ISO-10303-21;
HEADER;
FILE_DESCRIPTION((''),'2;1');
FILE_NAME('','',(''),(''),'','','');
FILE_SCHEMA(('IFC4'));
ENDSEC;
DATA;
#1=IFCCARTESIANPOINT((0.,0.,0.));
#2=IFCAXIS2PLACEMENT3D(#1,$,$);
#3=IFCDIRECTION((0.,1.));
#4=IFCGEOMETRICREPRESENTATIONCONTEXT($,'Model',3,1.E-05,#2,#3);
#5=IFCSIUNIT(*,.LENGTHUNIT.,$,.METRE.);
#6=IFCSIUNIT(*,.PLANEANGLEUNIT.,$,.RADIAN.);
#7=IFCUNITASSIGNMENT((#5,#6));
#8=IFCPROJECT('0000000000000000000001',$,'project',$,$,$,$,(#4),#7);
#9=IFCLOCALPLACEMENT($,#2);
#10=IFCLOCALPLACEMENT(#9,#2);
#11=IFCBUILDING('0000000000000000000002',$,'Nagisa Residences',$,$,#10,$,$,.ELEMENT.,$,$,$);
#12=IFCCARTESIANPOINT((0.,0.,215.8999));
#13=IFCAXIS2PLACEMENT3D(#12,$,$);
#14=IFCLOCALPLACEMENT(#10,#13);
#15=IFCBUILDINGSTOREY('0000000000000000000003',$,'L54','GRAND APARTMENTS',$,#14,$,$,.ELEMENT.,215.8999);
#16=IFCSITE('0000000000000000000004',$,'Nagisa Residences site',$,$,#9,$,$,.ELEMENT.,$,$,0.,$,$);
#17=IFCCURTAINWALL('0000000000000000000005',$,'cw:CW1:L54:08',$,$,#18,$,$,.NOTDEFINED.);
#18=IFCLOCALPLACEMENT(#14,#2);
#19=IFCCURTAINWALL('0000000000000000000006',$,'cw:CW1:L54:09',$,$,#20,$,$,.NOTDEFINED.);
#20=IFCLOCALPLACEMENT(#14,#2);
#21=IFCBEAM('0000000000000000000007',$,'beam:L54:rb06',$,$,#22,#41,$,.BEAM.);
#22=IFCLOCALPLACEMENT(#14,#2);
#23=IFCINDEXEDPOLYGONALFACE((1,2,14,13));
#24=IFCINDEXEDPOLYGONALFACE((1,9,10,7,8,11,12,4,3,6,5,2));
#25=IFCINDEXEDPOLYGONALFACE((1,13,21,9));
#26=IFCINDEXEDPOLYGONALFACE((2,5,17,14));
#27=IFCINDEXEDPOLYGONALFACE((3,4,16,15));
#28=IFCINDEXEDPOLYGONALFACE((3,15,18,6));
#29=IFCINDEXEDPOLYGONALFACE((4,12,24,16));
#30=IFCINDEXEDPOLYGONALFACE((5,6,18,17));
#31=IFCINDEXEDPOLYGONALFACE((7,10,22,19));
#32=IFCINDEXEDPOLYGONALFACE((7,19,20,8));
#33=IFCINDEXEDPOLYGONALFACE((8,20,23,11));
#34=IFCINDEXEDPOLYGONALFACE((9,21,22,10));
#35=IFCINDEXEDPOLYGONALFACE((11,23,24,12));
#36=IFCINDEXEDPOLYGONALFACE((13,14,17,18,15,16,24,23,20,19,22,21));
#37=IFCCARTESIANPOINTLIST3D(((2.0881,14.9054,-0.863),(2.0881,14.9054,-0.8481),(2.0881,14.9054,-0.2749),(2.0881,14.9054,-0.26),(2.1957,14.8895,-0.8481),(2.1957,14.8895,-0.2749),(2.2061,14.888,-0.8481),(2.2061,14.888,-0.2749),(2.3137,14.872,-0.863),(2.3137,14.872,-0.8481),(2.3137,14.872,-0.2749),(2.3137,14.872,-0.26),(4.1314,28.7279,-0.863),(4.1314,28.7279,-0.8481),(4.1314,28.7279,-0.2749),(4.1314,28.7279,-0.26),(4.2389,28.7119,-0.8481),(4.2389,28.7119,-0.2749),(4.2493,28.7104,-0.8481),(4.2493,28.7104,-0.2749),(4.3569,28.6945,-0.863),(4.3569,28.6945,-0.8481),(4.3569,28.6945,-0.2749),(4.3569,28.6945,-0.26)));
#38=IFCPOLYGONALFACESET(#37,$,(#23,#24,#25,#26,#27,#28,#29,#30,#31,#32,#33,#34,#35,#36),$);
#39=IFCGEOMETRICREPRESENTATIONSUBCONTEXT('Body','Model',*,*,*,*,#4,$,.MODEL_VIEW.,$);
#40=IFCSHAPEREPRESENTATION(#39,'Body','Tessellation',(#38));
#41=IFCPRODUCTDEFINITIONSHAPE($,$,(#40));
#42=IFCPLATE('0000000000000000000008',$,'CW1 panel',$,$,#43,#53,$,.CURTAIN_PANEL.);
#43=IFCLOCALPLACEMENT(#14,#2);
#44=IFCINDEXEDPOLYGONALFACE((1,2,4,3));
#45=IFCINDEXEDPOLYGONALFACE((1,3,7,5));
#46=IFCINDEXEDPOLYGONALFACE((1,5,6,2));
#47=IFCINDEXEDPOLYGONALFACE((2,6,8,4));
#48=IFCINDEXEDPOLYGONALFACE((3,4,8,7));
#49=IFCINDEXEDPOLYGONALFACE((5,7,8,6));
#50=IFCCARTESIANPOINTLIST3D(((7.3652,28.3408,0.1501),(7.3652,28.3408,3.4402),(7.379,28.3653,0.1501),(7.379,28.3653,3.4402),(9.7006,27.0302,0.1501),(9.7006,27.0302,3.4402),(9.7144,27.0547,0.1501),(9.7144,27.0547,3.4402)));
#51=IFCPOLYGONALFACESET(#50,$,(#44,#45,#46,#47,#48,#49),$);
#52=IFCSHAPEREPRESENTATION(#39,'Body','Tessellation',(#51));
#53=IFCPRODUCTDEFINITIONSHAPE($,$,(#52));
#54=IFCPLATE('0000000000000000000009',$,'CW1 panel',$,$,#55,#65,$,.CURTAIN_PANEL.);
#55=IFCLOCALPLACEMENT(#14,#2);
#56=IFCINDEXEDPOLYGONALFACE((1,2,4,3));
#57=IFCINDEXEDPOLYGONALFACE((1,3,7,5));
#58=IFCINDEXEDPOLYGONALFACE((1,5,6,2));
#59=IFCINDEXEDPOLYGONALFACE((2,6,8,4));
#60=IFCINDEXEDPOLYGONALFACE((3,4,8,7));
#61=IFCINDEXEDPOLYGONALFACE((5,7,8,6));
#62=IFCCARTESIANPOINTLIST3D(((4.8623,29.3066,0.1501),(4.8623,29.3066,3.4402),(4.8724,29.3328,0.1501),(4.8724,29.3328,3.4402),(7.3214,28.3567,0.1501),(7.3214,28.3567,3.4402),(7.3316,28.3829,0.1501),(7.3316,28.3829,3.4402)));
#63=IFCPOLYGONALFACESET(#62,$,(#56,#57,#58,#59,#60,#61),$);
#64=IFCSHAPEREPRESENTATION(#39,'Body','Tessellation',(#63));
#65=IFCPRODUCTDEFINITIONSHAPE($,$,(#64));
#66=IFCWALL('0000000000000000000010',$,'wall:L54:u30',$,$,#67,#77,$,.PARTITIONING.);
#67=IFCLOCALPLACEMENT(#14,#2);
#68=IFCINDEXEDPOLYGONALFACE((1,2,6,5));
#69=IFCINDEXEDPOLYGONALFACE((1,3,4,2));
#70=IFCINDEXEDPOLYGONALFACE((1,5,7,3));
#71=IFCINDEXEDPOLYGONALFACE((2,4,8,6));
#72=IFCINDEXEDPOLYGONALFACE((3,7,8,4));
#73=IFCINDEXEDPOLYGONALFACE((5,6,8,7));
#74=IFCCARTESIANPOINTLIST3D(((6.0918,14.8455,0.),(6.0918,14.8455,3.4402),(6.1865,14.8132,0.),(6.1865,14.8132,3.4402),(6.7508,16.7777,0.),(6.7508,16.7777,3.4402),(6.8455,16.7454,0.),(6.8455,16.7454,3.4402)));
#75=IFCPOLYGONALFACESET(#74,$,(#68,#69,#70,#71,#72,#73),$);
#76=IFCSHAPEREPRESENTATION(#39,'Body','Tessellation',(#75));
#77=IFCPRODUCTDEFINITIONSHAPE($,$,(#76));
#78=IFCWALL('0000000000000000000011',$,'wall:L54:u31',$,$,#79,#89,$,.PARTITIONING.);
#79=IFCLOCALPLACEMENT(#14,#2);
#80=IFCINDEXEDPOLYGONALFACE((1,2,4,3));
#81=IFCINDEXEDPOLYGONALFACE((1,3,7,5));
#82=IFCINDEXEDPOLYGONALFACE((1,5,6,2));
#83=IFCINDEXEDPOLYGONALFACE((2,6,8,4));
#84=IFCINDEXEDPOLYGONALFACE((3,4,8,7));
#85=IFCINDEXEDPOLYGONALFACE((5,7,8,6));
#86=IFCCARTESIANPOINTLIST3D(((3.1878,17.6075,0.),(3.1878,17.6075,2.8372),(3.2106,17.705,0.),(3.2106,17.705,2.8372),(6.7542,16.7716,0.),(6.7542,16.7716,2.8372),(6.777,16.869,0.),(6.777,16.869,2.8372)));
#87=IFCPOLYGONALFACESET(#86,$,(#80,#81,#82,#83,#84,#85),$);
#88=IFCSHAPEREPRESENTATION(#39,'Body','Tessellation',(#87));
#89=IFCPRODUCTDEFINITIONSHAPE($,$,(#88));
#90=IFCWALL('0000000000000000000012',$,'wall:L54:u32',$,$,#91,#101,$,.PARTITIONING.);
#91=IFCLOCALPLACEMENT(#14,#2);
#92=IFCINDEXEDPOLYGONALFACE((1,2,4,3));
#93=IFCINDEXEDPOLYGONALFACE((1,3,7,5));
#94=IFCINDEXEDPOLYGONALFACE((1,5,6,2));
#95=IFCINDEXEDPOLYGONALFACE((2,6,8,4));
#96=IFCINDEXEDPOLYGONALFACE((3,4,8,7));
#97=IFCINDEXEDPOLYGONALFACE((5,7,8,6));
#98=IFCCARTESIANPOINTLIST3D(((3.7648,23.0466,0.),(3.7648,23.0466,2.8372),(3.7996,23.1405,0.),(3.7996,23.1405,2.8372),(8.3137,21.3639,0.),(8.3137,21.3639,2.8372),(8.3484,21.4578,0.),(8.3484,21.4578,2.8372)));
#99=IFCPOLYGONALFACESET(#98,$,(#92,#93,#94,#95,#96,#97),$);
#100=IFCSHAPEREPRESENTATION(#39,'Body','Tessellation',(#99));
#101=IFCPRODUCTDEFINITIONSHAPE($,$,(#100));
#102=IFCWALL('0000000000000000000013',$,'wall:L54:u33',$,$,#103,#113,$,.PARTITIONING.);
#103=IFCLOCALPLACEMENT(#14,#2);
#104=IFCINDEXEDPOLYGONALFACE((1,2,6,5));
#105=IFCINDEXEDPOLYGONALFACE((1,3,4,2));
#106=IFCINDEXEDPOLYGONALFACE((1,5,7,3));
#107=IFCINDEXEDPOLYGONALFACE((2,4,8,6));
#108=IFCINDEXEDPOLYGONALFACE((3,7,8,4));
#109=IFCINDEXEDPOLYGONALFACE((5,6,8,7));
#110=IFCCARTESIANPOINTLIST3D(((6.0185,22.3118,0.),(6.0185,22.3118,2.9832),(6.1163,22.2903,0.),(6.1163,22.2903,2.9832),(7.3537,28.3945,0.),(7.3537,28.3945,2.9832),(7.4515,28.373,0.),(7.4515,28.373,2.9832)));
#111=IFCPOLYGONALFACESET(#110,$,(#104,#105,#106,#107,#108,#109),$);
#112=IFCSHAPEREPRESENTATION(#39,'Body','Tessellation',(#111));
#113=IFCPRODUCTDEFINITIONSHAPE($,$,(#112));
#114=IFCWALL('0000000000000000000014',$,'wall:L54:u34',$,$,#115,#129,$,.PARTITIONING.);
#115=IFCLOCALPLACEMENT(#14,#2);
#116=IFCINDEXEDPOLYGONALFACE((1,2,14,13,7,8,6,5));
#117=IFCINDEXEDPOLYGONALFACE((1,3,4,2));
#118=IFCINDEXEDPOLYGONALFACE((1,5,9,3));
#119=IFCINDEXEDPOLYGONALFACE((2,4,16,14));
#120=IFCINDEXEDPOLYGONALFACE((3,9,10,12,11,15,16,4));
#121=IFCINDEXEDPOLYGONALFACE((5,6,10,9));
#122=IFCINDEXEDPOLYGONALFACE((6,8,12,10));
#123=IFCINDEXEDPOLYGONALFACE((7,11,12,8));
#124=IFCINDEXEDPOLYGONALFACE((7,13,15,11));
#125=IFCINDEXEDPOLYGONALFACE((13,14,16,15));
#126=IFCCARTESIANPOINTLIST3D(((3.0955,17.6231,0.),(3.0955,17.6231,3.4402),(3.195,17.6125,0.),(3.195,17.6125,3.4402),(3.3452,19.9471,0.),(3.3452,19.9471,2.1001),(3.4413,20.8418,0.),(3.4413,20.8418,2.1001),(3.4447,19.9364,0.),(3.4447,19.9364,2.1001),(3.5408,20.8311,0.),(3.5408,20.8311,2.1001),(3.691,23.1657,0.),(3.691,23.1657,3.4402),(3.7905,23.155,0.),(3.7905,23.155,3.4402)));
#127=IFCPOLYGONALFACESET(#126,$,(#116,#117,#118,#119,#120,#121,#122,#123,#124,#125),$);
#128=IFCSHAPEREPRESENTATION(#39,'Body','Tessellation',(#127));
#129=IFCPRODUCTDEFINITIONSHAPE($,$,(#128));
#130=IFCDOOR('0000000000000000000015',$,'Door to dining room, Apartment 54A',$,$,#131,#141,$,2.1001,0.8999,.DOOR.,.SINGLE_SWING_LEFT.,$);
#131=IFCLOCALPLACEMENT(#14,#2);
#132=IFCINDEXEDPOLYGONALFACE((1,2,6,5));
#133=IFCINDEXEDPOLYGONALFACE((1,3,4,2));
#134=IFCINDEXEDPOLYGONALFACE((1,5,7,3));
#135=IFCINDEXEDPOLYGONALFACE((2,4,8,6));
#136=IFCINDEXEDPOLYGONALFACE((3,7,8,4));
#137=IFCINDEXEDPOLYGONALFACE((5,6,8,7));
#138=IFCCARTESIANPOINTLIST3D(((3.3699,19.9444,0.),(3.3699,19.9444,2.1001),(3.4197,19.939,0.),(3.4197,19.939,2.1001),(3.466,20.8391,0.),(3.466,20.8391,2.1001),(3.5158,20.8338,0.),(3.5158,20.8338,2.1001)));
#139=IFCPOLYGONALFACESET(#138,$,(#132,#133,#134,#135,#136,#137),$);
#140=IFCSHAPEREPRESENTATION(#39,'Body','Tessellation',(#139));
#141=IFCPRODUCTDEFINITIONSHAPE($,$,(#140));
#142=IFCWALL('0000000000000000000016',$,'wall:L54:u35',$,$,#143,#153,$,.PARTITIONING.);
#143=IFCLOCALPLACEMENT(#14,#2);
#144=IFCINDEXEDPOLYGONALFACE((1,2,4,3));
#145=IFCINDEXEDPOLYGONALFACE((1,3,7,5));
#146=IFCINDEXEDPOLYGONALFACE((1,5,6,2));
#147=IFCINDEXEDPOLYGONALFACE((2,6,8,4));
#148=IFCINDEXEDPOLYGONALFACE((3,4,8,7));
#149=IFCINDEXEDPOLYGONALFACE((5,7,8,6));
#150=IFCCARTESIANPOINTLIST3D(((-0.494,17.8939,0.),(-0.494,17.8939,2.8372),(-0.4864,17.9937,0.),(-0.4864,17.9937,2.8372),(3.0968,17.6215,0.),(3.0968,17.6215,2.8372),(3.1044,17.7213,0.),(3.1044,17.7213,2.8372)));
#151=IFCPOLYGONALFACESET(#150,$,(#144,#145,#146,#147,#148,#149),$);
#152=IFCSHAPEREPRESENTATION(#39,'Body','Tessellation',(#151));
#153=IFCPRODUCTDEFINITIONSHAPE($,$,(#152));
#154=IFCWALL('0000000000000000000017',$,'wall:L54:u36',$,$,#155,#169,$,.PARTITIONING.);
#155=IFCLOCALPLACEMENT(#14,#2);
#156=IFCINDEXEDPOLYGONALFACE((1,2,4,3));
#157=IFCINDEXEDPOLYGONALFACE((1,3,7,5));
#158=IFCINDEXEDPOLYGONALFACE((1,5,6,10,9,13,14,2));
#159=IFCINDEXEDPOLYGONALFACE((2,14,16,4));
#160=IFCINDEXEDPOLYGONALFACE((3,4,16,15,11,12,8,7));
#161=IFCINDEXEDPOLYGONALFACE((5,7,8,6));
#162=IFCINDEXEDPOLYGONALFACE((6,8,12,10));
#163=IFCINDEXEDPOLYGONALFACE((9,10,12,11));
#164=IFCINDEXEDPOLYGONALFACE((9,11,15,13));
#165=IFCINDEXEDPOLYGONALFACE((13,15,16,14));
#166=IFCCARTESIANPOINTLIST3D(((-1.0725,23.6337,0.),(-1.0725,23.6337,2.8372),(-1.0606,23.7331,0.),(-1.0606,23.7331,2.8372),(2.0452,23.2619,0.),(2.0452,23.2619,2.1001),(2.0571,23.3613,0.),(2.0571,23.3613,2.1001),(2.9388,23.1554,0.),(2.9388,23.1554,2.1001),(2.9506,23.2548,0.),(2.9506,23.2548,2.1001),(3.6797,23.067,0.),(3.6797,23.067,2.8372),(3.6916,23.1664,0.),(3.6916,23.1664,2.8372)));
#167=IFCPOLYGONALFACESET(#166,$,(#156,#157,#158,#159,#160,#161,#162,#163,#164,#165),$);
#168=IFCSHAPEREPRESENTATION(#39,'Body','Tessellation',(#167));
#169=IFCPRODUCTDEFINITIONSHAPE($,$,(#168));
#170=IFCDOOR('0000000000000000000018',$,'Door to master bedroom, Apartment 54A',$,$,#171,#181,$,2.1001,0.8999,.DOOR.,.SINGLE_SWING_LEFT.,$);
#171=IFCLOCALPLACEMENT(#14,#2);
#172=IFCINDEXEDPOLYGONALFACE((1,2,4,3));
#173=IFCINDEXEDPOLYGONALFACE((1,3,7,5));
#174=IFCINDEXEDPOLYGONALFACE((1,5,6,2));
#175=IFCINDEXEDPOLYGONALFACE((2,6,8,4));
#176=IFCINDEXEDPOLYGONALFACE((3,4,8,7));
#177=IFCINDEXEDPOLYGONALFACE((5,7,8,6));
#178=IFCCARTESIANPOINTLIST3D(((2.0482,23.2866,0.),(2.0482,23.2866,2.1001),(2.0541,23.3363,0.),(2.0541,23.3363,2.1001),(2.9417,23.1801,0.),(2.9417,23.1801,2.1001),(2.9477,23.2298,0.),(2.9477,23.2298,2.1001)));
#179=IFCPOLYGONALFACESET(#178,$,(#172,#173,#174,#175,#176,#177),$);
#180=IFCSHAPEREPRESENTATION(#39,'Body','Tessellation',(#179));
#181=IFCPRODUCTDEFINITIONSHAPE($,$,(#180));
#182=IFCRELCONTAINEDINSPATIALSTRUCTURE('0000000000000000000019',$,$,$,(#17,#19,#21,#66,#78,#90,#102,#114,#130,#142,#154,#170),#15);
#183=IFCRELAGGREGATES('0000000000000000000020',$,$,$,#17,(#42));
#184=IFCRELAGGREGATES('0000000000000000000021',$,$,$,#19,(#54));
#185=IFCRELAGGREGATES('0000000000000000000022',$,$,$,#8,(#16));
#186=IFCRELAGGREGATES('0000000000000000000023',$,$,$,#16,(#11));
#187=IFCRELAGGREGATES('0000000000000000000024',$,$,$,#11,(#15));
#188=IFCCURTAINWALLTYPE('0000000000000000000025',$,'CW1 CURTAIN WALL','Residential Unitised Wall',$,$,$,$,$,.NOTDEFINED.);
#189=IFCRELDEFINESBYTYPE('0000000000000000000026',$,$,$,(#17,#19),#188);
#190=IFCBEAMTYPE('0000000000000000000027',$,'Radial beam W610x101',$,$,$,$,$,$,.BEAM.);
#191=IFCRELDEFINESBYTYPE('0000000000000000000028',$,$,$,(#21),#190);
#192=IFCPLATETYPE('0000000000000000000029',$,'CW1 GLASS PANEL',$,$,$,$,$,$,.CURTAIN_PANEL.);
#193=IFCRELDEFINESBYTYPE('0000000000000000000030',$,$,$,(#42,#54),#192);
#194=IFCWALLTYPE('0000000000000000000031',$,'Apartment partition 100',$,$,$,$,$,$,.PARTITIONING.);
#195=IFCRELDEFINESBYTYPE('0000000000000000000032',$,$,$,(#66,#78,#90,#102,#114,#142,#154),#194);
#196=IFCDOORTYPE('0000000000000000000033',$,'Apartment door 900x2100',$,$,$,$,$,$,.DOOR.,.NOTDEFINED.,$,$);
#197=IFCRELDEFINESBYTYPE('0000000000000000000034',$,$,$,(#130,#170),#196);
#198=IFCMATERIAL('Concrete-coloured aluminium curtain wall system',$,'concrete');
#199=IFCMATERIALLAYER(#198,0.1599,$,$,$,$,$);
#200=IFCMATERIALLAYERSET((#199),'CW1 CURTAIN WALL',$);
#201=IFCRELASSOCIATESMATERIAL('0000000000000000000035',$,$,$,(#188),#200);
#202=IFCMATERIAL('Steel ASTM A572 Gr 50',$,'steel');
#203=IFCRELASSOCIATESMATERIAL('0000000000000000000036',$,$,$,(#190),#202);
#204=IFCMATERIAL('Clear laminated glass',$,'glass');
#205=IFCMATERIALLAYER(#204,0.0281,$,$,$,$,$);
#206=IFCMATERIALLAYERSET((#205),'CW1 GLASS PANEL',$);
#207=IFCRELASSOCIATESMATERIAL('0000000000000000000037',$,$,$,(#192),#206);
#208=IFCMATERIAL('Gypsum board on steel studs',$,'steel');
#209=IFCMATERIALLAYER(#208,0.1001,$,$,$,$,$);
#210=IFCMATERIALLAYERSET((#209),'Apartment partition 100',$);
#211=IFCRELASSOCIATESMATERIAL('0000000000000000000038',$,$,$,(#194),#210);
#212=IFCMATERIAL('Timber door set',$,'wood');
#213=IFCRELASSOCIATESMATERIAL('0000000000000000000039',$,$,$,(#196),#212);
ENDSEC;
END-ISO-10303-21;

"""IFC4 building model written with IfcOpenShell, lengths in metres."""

from ifc_helpers import new_model, si_unit, direction, frame, frame_2d, origin, origin_2d, place, context, subcontext, project, spatial, rectangle, i_section, extrude, material, layer, layer_set, material_profile, profile_set, type_object, element, fill, aggregate, save


model = new_model("IFC4")

# Units and contexts
model_context = context("Model", 3, precision=1e-05, world=origin(), true_north=direction((0.0, 1.0)))
body_context = subcontext(model_context, "Body", "Model", "MODEL_VIEW")
ifc_project = project(units=[si_unit("LENGTHUNIT", "METRE"), si_unit("PLANEANGLEUNIT", "RADIAN")], contexts=[model_context])

# Site, building, storey
site_placement = place(None, origin())
site = spatial("IfcSite", under=ifc_project, at=site_placement, Name="Nagisa Residences site", CompositionType="ELEMENT", RefElevation=0.0)
building_placement = place(site_placement, origin())
building = spatial("IfcBuilding", under=site, at=building_placement, Name="Nagisa Residences", CompositionType="ELEMENT")
storey_placement = place(building_placement, frame((0.0, 0.0, 215.8999)))
storey = spatial("IfcBuildingStorey", under=building, at=storey_placement, Name="L54", Description="GRAND APARTMENTS", CompositionType="ELEMENT", Elevation=215.8999)

# Curtain walls
ifc_material_1 = material(Name="Concrete-coloured aluminium curtain wall system", Category="concrete")
ifc_layer_1 = layer(ifc_material_1, 0.1599)
ifc_layer_set_1 = layer_set([ifc_layer_1], Name="CW1 CURTAIN WALL")
curtain_wall_type = type_object("IfcCurtainWallType", Name="CW1 CURTAIN WALL", Description="Residential Unitised Wall", PredefinedType="NOTDEFINED", material=ifc_layer_set_1)
curtain_wall_1_placement = place(storey_placement, origin())
curtain_wall_1 = element("IfcCurtainWall", 1, at=curtain_wall_1_placement, inside=storey, type_object=curtain_wall_type, Name="cw:CW1:L54:08", PredefinedType="NOTDEFINED")
curtain_wall_2_placement = place(storey_placement, origin())
curtain_wall_2 = element("IfcCurtainWall", 2, at=curtain_wall_2_placement, inside=storey, type_object=curtain_wall_type, Name="cw:CW1:L54:09", PredefinedType="NOTDEFINED")

# Beam
ifc_material_2 = material(Name="Steel ASTM A572 Gr 50", Category="steel")
ifc_material_profile_1 = material_profile(ifc_material_2, i_section(OverallWidth=0.228, OverallDepth=0.603, WebThickness=0.0105, FlangeThickness=0.0149, at=origin_2d()), Name="W610x101")
ifc_profile_set_1 = profile_set([ifc_material_profile_1], Name="Steel ASTM A572 Gr 50")
beam_type_1 = type_object("IfcBeamType", Name="Radial beam W610x101", PredefinedType="BEAM", material=ifc_profile_set_1)
beam_1_placement = place(storey_placement, frame((4.2441, 28.7112, -0.5615), z_axis=(-0.146229, -0.989251, 0.0), x_axis=(0.989251, -0.146229, 0.0)))
element("IfcBeam", 3, at=beam_1_placement, inside=storey, type_object=beam_type_1, Name="beam:L54:rb06", PredefinedType="BEAM", context=body_context, shape_type="SweptSolid", body=[
    extrude(i_section(OverallWidth=0.228, OverallDepth=0.603, WebThickness=0.0105, FlangeThickness=0.0149, at=origin_2d()), origin(), (0.0, 0.0, 1.0), 13.9727),
])

# Plates
ifc_material_3 = material(Name="Clear laminated glass", Category="glass")
ifc_layer_2 = layer(ifc_material_3, 0.0281)
ifc_layer_set_2 = layer_set([ifc_layer_2], Name="CW1 GLASS PANEL")
plate_type = type_object("IfcPlateType", Name="CW1 GLASS PANEL", PredefinedType="CURTAIN_PANEL", material=ifc_layer_set_2)
plate_1_placement = place(storey_placement, frame((8.5398, 27.6978, 0.1501), z_axis=(0.0, 0.0, 1.0), x_axis=(-0.872072, 0.489377, 0.0)))
plate_1 = element("IfcPlate", 4, at=plate_1_placement, type_object=plate_type, Name="CW1 panel", PredefinedType="CURTAIN_PANEL", context=body_context, shape_type="SweptSolid", body=[
    extrude(rectangle(XDim=2.678, YDim=0.0281, at=origin_2d()), origin(), (0.0, 0.0, 1.0), 3.29),
])
aggregate(curtain_wall_1, [plate_1])
plate_2_placement = place(storey_placement, frame((6.0969, 28.8447, 0.1501), z_axis=(0.0, 0.0, 1.0), x_axis=(-0.932826, 0.360328, 0.0)))
plate_2 = element("IfcPlate", 5, at=plate_2_placement, type_object=plate_type, Name="CW1 panel", PredefinedType="CURTAIN_PANEL", context=body_context, shape_type="SweptSolid", body=[
    extrude(rectangle(XDim=2.6362, YDim=0.0281, at=origin_2d()), origin(), (0.0, 0.0, 1.0), 3.29),
])
aggregate(curtain_wall_2, [plate_2])

# Walls
ifc_material_4 = material(Name="Gypsum board on steel studs", Category="steel")
ifc_layer_3 = layer(ifc_material_4, 0.1001)
ifc_layer_set_3 = layer_set([ifc_layer_3], Name="Apartment partition 100")
wall_type_1 = type_object("IfcWallType", Name="Apartment partition 100", PredefinedType="PARTITIONING", material=ifc_layer_set_3)
wall_1_placement = place(storey_placement, frame((6.1392, 14.8293, 0.0), z_axis=(0.0, 0.0, 1.0), x_axis=(0.322786, 0.946472, 0.0)))
element("IfcWall", 6, at=wall_1_placement, inside=storey, type_object=wall_type_1, Name="wall:L54:u30", PredefinedType="PARTITIONING", context=body_context, shape_type="SweptSolid", body=[
    extrude(rectangle(XDim=2.0415, YDim=0.1001, at=frame_2d((1.0208, 0.0))), origin(), (0.0, 0.0, 1.0), 3.4402),
])
wall_2_placement = place(storey_placement, frame((6.7656, 16.8203, 0.0), z_axis=(0.0, 0.0, 1.0), x_axis=(-0.973613, 0.228207, 0.0)))
element("IfcWall", 7, at=wall_2_placement, inside=storey, type_object=wall_type_1, Name="wall:L54:u31", PredefinedType="PARTITIONING", context=body_context, shape_type="SweptSolid", body=[
    extrude(rectangle(XDim=3.6631, YDim=0.1001, at=frame_2d((1.8315, 0.0))), origin(), (0.0, 0.0, 1.0), 2.8372),
])
wall_3_placement = place(storey_placement, frame((8.3311, 21.4109, 0.0), z_axis=(0.0, 0.0, 1.0), x_axis=(-0.937892, 0.346927, 0.0)))
element("IfcWall", 8, at=wall_3_placement, inside=storey, type_object=wall_type_1, Name="wall:L54:u32", PredefinedType="PARTITIONING", context=body_context, shape_type="SweptSolid", body=[
    extrude(rectangle(XDim=4.8501, YDim=0.1001, at=frame_2d((2.425, 0.0))), origin(), (0.0, 0.0, 1.0), 2.8372),
])
wall_4_placement = place(storey_placement, frame((6.0674, 22.301, 0.0), z_axis=(0.0, 0.0, 1.0), x_axis=(0.214402, 0.976746, 0.0)))
element("IfcWall", 9, at=wall_4_placement, inside=storey, type_object=wall_type_1, Name="wall:L54:u33", PredefinedType="PARTITIONING", context=body_context, shape_type="SweptSolid", body=[
    extrude(rectangle(XDim=6.2275, YDim=0.1001, at=frame_2d((3.1138, 0.0))), origin(), (0.0, 0.0, 1.0), 2.9832),
])

# Wall, opening, door
wall_5_placement = place(storey_placement, frame((3.1453, 17.6179, 0.0), z_axis=(0.0, 0.0, 1.0), x_axis=(0.106821, 0.994278, 0.0)))
wall_5 = element("IfcWall", 10, at=wall_5_placement, inside=storey, type_object=wall_type_1, Name="wall:L54:u34", PredefinedType="PARTITIONING", context=body_context, shape_type="SweptSolid", body=[
    extrude(rectangle(XDim=5.5745, YDim=0.1001, at=frame_2d((2.7871, 0.0))), origin(), (0.0, 0.0, 1.0), 3.4402),
])
opening_1_placement = place(wall_5_placement, frame((2.3372, 0.0, 0.0)))
opening_1 = element("IfcOpeningElement", 11, at=opening_1_placement, cuts=wall_5, PredefinedType="OPENING", context=body_context, shape_type="SweptSolid", body=[
    extrude(rectangle(XDim=0.8999, YDim=2.1001, at=frame_2d((0.45, 1.05))), frame((0.0, 0.0601, 0.0), z_axis=(0.0, -1.0, 0.0), x_axis=(1.0, 0.0, 0.0)), (0.0, 0.0, 1.0), 0.1201),
])
ifc_material_5 = material(Name="Timber door set", Category="wood")
door_type_1 = type_object("IfcDoorType", Name="Apartment door 900x2100", OperationType="NOTDEFINED", PredefinedType="DOOR", material=ifc_material_5)
door_1_placement = place(opening_1_placement, frame((0.8999, 0.0, 0.0), x_axis=(-1.0, 0.0, 0.0)))
door_1 = element("IfcDoor", 12, at=door_1_placement, inside=storey, type_object=door_type_1, Name="Door to dining room, Apartment 54A", OperationType="SINGLE_SWING_LEFT", OverallHeight=2.1001, OverallWidth=0.8999, PredefinedType="DOOR", context=body_context, shape_type="SweptSolid", body=[
    extrude(rectangle(XDim=0.8999, YDim=2.1001, at=frame_2d((0.45, 1.05))), frame((0.0, 0.0249, 0.0), z_axis=(0.0, -1.0, 0.0), x_axis=(1.0, 0.0, 0.0)), (0.0, 0.0, 1.0), 0.05),
])
fill(opening_1, door_1)

# Wall
wall_6_placement = place(storey_placement, frame((3.1006, 17.6714, 0.0), z_axis=(0.0, 0.0, 1.0), x_axis=(-0.997134, 0.07566, 0.0)))
element("IfcWall", 13, at=wall_6_placement, inside=storey, type_object=wall_type_1, Name="wall:L54:u35", PredefinedType="PARTITIONING", context=body_context, shape_type="SweptSolid", body=[
    extrude(rectangle(XDim=3.6011, YDim=0.1001, at=frame_2d((1.8005, 0.0))), origin(), (0.0, 0.0, 1.0), 2.8372),
])

# Wall, opening, door
wall_7_placement = place(storey_placement, frame((3.6858, 23.1167, 0.0), z_axis=(0.0, 0.0, 1.0), x_axis=(-0.992966, 0.118401, 0.0)))
wall_7 = element("IfcWall", 14, at=wall_7_placement, inside=storey, type_object=wall_type_1, Name="wall:L54:u36", PredefinedType="PARTITIONING", context=body_context, shape_type="SweptSolid", body=[
    extrude(rectangle(XDim=4.7859, YDim=0.1001, at=frame_2d((2.3931, 0.0))), origin(), (0.0, 0.0, 1.0), 2.8372),
])
opening_2_placement = place(wall_7_placement, frame((0.7463, 0.0, 0.0)))
opening_2 = element("IfcOpeningElement", 15, at=opening_2_placement, cuts=wall_7, PredefinedType="OPENING", context=body_context, shape_type="SweptSolid", body=[
    extrude(rectangle(XDim=0.8999, YDim=2.1001, at=frame_2d((0.45, 1.05))), frame((0.0, 0.0601, 0.0), z_axis=(0.0, -1.0, 0.0), x_axis=(1.0, 0.0, 0.0)), (0.0, 0.0, 1.0), 0.1201),
])
door_2_placement = place(opening_2_placement, frame((0.8999, 0.0, 0.0), x_axis=(-1.0, 0.0, 0.0)))
door_2 = element("IfcDoor", 16, at=door_2_placement, inside=storey, type_object=door_type_1, Name="Door to master bedroom, Apartment 54A", OperationType="SINGLE_SWING_LEFT", OverallHeight=2.1001, OverallWidth=0.8999, PredefinedType="DOOR", context=body_context, shape_type="SweptSolid", body=[
    extrude(rectangle(XDim=0.8999, YDim=2.1001, at=frame_2d((0.45, 1.05))), frame((0.0, 0.0249, 0.0), z_axis=(0.0, -1.0, 0.0), x_axis=(1.0, 0.0, 0.0)), (0.0, 0.0, 1.0), 0.05),
])
fill(opening_2, door_2)

save(model, "model.ifc")
